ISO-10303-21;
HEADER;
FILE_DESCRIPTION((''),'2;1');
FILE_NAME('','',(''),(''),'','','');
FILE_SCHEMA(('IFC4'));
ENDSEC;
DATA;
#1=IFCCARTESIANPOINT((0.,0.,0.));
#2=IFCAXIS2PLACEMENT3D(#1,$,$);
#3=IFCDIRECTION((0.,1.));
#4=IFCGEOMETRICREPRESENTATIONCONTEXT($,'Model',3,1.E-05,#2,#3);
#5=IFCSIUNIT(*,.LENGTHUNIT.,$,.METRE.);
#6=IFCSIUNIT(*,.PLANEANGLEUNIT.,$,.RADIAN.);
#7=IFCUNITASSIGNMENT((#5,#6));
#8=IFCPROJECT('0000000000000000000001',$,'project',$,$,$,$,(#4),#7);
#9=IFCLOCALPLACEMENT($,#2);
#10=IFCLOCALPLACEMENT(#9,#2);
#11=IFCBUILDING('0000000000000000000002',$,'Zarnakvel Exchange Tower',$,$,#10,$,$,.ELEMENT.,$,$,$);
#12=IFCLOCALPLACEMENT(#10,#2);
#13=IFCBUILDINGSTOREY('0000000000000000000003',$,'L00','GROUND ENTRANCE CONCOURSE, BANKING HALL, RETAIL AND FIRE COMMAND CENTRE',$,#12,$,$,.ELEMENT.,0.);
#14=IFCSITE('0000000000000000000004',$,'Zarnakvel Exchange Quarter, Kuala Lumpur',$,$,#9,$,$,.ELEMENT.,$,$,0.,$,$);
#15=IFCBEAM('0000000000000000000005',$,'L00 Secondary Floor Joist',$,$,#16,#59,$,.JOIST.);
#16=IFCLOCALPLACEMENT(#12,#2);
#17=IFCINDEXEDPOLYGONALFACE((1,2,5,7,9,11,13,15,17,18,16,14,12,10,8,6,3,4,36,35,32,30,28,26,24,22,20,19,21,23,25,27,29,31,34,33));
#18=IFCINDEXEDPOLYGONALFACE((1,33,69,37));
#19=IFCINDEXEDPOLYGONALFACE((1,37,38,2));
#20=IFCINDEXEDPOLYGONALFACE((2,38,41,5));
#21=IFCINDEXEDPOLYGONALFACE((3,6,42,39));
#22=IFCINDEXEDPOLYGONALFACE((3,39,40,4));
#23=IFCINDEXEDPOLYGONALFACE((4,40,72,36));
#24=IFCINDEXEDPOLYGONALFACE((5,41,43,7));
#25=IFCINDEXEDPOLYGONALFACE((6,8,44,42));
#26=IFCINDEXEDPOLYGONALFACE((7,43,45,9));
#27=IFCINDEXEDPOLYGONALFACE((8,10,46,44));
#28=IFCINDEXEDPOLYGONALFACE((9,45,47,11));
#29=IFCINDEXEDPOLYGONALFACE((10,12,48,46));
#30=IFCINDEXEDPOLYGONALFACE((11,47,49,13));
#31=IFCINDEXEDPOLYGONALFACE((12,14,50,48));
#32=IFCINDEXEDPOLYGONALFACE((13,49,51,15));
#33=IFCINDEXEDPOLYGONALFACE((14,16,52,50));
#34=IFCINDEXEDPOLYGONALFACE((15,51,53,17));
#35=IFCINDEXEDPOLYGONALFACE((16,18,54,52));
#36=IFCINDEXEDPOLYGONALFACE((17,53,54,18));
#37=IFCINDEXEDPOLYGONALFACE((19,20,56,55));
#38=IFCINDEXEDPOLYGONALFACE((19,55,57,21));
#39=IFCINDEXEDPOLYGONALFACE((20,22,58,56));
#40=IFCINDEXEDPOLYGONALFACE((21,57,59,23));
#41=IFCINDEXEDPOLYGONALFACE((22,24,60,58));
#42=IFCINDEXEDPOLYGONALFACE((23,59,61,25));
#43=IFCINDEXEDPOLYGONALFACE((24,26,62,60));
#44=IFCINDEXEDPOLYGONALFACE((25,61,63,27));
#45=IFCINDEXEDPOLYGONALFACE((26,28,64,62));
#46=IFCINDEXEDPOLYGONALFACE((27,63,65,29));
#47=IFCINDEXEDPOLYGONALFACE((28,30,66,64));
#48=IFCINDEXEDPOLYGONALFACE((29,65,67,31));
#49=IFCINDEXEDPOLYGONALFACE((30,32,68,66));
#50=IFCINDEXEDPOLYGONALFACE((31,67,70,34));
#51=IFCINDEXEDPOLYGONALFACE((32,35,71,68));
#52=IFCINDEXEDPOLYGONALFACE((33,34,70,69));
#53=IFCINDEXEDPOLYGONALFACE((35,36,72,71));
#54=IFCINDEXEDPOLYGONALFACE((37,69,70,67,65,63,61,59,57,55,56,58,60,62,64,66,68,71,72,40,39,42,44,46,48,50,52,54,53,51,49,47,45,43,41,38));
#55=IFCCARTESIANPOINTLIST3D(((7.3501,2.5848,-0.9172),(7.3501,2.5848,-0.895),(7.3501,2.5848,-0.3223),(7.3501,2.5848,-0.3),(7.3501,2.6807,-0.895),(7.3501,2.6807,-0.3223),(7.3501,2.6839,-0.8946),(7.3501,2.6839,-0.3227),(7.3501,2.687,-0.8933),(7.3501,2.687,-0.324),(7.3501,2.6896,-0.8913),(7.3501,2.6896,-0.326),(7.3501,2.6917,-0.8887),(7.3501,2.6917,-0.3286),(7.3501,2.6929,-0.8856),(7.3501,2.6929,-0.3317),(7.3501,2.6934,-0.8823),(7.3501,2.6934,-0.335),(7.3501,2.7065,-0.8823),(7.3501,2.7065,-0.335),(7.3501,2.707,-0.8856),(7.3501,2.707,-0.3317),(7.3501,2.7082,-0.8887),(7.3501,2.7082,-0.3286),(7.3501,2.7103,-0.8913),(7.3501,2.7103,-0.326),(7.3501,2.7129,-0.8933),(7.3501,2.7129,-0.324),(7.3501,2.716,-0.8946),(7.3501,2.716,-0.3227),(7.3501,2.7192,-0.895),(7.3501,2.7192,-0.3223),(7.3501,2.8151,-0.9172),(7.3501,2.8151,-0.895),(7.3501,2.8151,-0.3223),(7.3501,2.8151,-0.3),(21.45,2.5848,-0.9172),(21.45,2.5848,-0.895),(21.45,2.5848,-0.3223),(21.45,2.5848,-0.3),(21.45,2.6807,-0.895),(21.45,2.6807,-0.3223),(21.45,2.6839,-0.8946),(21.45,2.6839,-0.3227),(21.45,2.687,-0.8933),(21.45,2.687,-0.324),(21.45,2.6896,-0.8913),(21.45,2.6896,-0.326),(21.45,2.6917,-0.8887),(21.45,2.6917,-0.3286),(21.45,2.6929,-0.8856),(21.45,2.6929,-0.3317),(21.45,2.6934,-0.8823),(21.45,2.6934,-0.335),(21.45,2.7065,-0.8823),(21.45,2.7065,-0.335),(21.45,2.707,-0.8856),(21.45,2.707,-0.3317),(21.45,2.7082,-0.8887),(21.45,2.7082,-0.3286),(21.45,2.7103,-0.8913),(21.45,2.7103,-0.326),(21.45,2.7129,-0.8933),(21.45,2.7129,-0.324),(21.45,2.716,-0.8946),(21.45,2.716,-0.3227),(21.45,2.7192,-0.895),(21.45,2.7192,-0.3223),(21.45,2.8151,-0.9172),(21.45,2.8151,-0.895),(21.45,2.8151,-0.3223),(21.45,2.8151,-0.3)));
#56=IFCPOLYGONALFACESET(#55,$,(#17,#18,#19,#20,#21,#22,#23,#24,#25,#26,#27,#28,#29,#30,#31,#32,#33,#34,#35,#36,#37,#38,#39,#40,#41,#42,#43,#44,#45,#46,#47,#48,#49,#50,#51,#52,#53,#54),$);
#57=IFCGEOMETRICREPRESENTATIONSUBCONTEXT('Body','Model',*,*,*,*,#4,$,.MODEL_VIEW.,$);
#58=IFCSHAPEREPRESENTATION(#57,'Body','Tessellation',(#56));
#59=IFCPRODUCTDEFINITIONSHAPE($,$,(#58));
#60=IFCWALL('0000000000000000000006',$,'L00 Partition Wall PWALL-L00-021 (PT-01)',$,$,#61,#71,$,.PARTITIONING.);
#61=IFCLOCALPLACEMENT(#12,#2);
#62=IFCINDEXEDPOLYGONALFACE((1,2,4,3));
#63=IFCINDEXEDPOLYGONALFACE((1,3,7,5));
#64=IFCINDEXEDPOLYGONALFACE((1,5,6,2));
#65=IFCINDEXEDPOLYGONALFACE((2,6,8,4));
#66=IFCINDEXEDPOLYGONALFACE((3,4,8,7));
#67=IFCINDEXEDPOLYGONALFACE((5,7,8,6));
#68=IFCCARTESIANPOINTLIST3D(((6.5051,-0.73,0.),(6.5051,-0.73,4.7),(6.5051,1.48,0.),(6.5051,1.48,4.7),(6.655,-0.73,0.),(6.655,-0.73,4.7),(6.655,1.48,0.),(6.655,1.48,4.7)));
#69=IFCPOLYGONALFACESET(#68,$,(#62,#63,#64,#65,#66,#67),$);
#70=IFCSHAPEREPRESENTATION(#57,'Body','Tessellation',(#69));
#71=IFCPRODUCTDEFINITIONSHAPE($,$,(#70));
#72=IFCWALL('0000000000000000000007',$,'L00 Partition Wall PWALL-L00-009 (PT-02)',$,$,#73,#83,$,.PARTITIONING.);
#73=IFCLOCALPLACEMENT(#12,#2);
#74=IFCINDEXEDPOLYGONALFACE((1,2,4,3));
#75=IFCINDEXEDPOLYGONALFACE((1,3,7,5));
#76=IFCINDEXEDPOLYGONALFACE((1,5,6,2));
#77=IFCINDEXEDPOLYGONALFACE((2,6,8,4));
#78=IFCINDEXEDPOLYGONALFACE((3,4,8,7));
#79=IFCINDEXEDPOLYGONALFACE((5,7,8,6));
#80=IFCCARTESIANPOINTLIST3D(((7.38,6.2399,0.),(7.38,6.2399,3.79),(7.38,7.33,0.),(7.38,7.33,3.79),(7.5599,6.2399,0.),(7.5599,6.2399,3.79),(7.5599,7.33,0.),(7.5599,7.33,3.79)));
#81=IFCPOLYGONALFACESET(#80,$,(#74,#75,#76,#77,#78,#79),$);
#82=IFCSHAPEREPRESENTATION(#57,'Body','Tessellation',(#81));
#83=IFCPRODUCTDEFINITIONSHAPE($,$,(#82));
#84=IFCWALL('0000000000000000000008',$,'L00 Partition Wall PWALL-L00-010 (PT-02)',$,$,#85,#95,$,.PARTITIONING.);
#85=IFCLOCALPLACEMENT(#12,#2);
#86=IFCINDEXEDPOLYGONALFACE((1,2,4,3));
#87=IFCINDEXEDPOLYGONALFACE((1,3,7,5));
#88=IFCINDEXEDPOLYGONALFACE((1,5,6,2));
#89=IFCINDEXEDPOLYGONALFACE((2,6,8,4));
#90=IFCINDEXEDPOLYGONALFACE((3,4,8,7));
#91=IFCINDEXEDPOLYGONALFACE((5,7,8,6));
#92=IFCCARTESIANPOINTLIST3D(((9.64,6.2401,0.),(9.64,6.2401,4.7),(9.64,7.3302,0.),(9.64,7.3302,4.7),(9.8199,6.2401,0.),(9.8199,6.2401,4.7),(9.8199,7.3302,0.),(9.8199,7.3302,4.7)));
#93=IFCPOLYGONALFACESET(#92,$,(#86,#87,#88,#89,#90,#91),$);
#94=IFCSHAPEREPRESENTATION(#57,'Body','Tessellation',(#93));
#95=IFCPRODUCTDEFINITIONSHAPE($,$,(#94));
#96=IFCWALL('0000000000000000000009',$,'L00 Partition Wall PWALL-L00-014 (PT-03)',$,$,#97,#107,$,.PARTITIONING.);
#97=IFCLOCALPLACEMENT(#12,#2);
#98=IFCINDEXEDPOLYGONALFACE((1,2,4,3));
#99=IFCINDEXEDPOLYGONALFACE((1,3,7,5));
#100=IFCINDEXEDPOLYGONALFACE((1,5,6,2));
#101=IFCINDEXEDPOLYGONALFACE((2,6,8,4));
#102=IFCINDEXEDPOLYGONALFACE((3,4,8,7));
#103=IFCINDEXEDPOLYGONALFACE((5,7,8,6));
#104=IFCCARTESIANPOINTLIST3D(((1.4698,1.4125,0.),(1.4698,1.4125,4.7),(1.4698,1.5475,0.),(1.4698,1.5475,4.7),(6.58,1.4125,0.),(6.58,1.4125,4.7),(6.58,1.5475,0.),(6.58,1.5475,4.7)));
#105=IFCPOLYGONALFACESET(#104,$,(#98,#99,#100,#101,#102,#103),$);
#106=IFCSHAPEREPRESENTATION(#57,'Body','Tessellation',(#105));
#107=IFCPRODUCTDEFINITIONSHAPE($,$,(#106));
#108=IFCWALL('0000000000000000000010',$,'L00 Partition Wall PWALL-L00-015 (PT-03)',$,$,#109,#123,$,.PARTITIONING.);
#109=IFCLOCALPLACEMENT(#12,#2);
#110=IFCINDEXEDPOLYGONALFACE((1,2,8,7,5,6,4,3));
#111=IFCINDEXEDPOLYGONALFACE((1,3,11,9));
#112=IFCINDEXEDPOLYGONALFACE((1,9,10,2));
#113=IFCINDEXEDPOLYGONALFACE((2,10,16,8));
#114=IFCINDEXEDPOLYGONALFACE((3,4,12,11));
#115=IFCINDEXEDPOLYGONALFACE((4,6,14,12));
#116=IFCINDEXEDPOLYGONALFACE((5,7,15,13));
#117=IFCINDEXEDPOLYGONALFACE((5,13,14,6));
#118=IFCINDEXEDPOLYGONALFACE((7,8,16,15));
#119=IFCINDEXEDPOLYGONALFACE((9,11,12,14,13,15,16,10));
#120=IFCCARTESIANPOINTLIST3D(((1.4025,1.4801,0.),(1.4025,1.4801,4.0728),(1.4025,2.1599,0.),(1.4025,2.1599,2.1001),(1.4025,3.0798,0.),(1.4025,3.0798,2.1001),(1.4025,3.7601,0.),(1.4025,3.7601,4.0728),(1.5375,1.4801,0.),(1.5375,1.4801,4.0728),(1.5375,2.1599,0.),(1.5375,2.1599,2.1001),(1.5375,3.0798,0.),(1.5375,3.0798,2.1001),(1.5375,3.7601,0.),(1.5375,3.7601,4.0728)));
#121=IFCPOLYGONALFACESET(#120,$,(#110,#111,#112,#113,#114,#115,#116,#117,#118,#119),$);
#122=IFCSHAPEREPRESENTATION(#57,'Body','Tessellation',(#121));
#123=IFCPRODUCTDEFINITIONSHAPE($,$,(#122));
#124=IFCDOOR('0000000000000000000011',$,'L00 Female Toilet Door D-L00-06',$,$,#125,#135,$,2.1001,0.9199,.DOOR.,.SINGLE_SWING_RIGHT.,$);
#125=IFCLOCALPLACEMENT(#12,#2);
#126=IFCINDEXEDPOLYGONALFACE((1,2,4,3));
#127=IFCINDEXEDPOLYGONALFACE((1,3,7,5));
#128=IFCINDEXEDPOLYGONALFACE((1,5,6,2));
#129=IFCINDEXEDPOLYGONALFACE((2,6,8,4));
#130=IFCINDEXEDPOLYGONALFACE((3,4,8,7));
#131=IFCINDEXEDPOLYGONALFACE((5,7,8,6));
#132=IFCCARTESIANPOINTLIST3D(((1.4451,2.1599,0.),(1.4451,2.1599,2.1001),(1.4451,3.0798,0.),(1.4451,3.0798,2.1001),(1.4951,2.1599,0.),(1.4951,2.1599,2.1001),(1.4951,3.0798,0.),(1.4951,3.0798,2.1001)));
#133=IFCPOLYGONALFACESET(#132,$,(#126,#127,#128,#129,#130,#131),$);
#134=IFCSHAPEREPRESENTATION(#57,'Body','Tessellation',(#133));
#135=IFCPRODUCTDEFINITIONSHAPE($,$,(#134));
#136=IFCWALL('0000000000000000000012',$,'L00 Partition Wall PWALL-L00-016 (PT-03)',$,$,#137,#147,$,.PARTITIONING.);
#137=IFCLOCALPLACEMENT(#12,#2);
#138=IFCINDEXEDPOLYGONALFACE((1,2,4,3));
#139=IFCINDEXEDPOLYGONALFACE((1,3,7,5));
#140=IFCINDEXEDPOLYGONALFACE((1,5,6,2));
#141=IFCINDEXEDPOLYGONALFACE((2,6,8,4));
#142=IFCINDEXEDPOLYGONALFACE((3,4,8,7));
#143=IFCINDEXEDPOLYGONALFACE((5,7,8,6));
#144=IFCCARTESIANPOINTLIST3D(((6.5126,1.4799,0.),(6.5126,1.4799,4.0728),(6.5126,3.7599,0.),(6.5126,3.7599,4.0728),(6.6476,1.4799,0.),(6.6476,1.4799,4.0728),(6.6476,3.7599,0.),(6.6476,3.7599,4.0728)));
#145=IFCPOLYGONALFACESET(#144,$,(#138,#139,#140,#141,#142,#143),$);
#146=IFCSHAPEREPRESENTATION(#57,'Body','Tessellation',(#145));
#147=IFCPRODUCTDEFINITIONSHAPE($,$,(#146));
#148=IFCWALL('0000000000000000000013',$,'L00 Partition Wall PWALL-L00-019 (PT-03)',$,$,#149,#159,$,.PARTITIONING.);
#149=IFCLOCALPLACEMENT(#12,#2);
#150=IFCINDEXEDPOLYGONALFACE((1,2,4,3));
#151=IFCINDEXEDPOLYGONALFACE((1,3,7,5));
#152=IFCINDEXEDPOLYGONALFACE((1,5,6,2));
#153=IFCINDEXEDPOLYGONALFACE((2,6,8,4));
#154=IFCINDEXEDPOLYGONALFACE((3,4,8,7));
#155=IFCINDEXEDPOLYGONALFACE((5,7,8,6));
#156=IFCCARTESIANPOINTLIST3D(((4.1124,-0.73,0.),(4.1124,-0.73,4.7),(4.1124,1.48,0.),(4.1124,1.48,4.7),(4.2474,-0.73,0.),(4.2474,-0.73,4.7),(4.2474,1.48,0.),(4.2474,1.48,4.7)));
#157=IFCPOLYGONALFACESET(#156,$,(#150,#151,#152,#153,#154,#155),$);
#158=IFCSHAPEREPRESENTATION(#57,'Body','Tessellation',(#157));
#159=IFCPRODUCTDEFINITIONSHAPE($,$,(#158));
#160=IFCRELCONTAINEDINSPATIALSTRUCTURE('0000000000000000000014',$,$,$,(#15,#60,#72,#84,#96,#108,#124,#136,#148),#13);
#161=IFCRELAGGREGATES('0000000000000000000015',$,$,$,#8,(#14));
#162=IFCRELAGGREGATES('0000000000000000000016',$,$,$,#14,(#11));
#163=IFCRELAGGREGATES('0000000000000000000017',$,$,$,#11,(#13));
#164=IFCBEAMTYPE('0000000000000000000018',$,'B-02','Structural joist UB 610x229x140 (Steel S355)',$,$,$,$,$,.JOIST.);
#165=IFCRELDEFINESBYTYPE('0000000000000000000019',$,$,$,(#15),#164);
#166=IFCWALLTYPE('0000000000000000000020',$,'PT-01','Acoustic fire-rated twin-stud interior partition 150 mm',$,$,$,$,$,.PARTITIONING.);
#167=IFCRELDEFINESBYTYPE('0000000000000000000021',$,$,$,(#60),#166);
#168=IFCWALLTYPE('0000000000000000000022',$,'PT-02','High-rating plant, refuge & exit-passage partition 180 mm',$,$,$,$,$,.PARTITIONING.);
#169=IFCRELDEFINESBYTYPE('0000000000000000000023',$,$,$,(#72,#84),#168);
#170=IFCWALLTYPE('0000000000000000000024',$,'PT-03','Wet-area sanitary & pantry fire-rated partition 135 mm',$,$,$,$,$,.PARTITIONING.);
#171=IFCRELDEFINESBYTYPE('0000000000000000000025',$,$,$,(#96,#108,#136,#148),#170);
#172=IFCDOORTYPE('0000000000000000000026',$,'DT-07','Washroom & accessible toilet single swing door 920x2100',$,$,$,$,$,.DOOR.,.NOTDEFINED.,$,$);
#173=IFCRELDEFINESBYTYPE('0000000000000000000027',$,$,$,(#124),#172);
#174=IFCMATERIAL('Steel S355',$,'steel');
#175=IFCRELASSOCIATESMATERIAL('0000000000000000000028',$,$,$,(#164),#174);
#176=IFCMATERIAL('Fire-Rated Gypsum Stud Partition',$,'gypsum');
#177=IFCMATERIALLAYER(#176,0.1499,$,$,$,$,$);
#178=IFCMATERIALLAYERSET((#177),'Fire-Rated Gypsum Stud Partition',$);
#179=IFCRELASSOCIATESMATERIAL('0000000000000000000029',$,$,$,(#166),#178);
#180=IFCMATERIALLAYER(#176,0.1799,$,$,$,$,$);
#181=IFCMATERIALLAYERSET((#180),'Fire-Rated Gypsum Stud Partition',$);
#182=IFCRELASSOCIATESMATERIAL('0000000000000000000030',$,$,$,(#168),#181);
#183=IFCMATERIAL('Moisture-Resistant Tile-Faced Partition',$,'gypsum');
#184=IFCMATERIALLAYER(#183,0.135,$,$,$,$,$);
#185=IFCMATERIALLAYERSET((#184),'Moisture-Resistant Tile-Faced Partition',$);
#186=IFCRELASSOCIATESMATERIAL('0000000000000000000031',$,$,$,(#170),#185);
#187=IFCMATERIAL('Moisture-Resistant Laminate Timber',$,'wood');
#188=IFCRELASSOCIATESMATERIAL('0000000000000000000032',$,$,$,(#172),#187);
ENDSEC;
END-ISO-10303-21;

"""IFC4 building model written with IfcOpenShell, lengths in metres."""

from ifc_helpers import new_model, si_unit, direction, frame, frame_2d, origin, origin_2d, place, context, subcontext, project, spatial, rectangle, i_section, extrude, source, transform, mapped, material, layer, layer_set, material_profile, profile_set, type_object, element, fill, save


model = new_model("IFC4")

# Units and contexts
model_context = context("Model", 3, precision=1e-05, world=origin(), true_north=direction((0.0, 1.0)))
body_context = subcontext(model_context, "Body", "Model", "MODEL_VIEW")
ifc_project = project(units=[si_unit("LENGTHUNIT", "METRE"), si_unit("PLANEANGLEUNIT", "RADIAN")], contexts=[model_context])

# Site, building, storey
site_placement = place(None, origin())
site = spatial("IfcSite", under=ifc_project, at=site_placement, Name="Zarnakvel Exchange Quarter, Kuala Lumpur", CompositionType="ELEMENT", RefElevation=0.0)
building_placement = place(site_placement, origin())
building = spatial("IfcBuilding", under=site, at=building_placement, Name="Zarnakvel Exchange Tower", CompositionType="ELEMENT")
storey_placement = place(building_placement, origin())
storey = spatial("IfcBuildingStorey", under=building, at=storey_placement, Name="L00", Description="GROUND ENTRANCE CONCOURSE, BANKING HALL, RETAIL AND FIRE COMMAND CENTRE", CompositionType="ELEMENT", Elevation=0.0)

# Beam
ifc_material_1 = material(Name="Steel S355", Category="steel")
ifc_material_profile = material_profile(ifc_material_1, i_section(OverallWidth=0.2302, OverallDepth=0.6172, WebThickness=0.0132, FlangeThickness=0.0222, FilletRadius=0.0127, at=origin_2d()))
ifc_profile_set = profile_set([ifc_material_profile], Name="Steel S355")
beam_type = type_object("IfcBeamType", Name="B-02", Description="Structural joist UB 610x229x140 (Steel S355)", PredefinedType="JOIST", material=ifc_profile_set)
beam_placement = place(storey_placement, frame((7.3501, 2.7, -0.6086), z_axis=(1.0, 0.0, 0.0), x_axis=(0.0, 1.0, 0.0)))
element("IfcBeam", 1, at=beam_placement, inside=storey, type_object=beam_type, Name="L00 Secondary Floor Joist", PredefinedType="JOIST", context=body_context, shape_type="SweptSolid", body=[
    extrude(i_section(OverallWidth=0.2302, OverallDepth=0.6172, WebThickness=0.0132, FlangeThickness=0.0222, FilletRadius=0.0127, at=origin_2d()), origin(), (0.0, 0.0, 1.0), 14.0999),
])

# Walls
ifc_material_2 = material(Name="Fire-Rated Gypsum Stud Partition", Category="gypsum")
ifc_layer_1 = layer(ifc_material_2, 0.1499)
ifc_layer_set_1 = layer_set([ifc_layer_1], Name="Fire-Rated Gypsum Stud Partition")
wall_type_1 = type_object("IfcWallType", Name="PT-01", Description="Acoustic fire-rated twin-stud interior partition 150 mm", PredefinedType="PARTITIONING", material=ifc_layer_set_1)
wall_1_placement = place(storey_placement, frame((6.5801, 1.48, 0.0), z_axis=(0.0, 0.0, 1.0), x_axis=(0.0, -1.0, 0.0)))
element("IfcWall", 2, at=wall_1_placement, inside=storey, type_object=wall_type_1, Name="L00 Partition Wall PWALL-L00-021 (PT-01)", PredefinedType="PARTITIONING", context=body_context, shape_type="SweptSolid", body=[
    extrude(rectangle(XDim=2.21, YDim=0.1499, at=frame_2d((1.105, 0.0))), origin(), (0.0, 0.0, 1.0), 4.7),
])
ifc_layer_2 = layer(ifc_material_2, 0.1799)
ifc_layer_set_2 = layer_set([ifc_layer_2], Name="Fire-Rated Gypsum Stud Partition")
wall_type_2 = type_object("IfcWallType", Name="PT-02", Description="High-rating plant, refuge & exit-passage partition 180 mm", PredefinedType="PARTITIONING", material=ifc_layer_set_2)
wall_2_placement = place(storey_placement, frame((7.47, 6.24, 0.0), z_axis=(0.0, 0.0, 1.0), x_axis=(0.0, 1.0, 0.0)))
element("IfcWall", 3, at=wall_2_placement, inside=storey, type_object=wall_type_2, Name="L00 Partition Wall PWALL-L00-009 (PT-02)", PredefinedType="PARTITIONING", context=body_context, shape_type="SweptSolid", body=[
    extrude(rectangle(XDim=1.0901, YDim=0.1799, at=frame_2d((0.5449, 0.0))), origin(), (0.0, 0.0, 1.0), 3.79),
])
wall_3_placement = place(storey_placement, frame((9.73, 7.3301, 0.0), z_axis=(0.0, 0.0, 1.0), x_axis=(0.0, -1.0, 0.0)))
element("IfcWall", 4, at=wall_3_placement, inside=storey, type_object=wall_type_2, Name="L00 Partition Wall PWALL-L00-010 (PT-02)", PredefinedType="PARTITIONING", context=body_context, shape_type="SweptSolid", body=[
    extrude(rectangle(XDim=1.0901, YDim=0.1799, at=frame_2d((0.5449, 0.0))), origin(), (0.0, 0.0, 1.0), 4.7),
])
ifc_material_3 = material(Name="Moisture-Resistant Tile-Faced Partition", Category="gypsum")
ifc_layer_3 = layer(ifc_material_3, 0.135)
ifc_layer_set_3 = layer_set([ifc_layer_3], Name="Moisture-Resistant Tile-Faced Partition")
wall_type_3 = type_object("IfcWallType", Name="PT-03", Description="Wet-area sanitary & pantry fire-rated partition 135 mm", PredefinedType="PARTITIONING", material=ifc_layer_set_3)
wall_4_placement = place(storey_placement, frame((6.5801, 1.48, 0.0), z_axis=(0.0, 0.0, 1.0), x_axis=(-1.0, 0.0, 0.0)))
element("IfcWall", 5, at=wall_4_placement, inside=storey, type_object=wall_type_3, Name="L00 Partition Wall PWALL-L00-014 (PT-03)", PredefinedType="PARTITIONING", context=body_context, shape_type="SweptSolid", body=[
    extrude(rectangle(XDim=5.1101, YDim=0.135, at=frame_2d((2.5552, 0.0))), origin(), (0.0, 0.0, 1.0), 4.7),
])

# Wall, opening, door
wall_5_placement = place(storey_placement, frame((1.47, 1.48, 0.0), z_axis=(0.0, 0.0, 1.0), x_axis=(0.0, 1.0, 0.0)))
wall_5 = element("IfcWall", 6, at=wall_5_placement, inside=storey, type_object=wall_type_3, Name="L00 Partition Wall PWALL-L00-015 (PT-03)", PredefinedType="PARTITIONING", context=body_context, shape_type="SweptSolid", body=[
    extrude(rectangle(XDim=2.28, YDim=0.135, at=frame_2d((1.1401, 0.0))), origin(), (0.0, 0.0, 1.0), 4.0728),
])
opening_1_placement = place(wall_5_placement, frame((0.6799, 0.0, 0.0)))
opening_1 = element("IfcOpeningElement", 7, at=opening_1_placement, cuts=wall_5, PredefinedType="OPENING", context=body_context, shape_type="SweptSolid", body=[
    extrude(rectangle(XDim=0.9199, YDim=2.1001, at=frame_2d((0.46, 1.05))), frame((0.0, 0.0774, 0.0), z_axis=(0.0, -1.0, 0.0), x_axis=(1.0, 0.0, 0.0)), (0.0, 0.0, 1.0), 0.155),
])
ifc_material_4 = material(Name="Moisture-Resistant Laminate Timber", Category="wood")
door_type_1 = type_object("IfcDoorType", Name="DT-07", Description="Washroom & accessible toilet single swing door 920x2100", OperationType="NOTDEFINED", PredefinedType="DOOR", material=ifc_material_4)
shared_shape_1 = source(origin(), body_context, "Body", "SweptSolid", [
    extrude(rectangle(XDim=0.9199, YDim=2.1001, at=frame_2d((0.46, 1.05))), frame((0.0, 0.0249, 0.0), z_axis=(0.0, -1.0, 0.0), x_axis=(1.0, 0.0, 0.0)), (0.0, 0.0, 1.0), 0.05),
])
door_1_placement = place(opening_1_placement, origin())
door_1 = element("IfcDoor", 8, at=door_1_placement, inside=storey, type_object=door_type_1, Name="L00 Female Toilet Door D-L00-06", OperationType="SINGLE_SWING_RIGHT", OverallHeight=2.1001, OverallWidth=0.9199, PredefinedType="DOOR", context=body_context, shape_type="MappedRepresentation", body=[
    mapped(shared_shape_1, transform((0.0, 0.0, 0.0), x_axis=(1.0, 0.0, 0.0), y_axis=(0.0, 1.0, 0.0), z_axis=(0.0, 0.0, 1.0), scale=1.0)),
])
fill(opening_1, door_1)

# Walls
wall_6_placement = place(storey_placement, frame((6.5801, 3.76, 0.0), z_axis=(0.0, 0.0, 1.0), x_axis=(0.0, -1.0, 0.0)))
element("IfcWall", 9, at=wall_6_placement, inside=storey, type_object=wall_type_3, Name="L00 Partition Wall PWALL-L00-016 (PT-03)", PredefinedType="PARTITIONING", context=body_context, shape_type="SweptSolid", body=[
    extrude(rectangle(XDim=2.28, YDim=0.135, at=frame_2d((1.1401, 0.0))), origin(), (0.0, 0.0, 1.0), 4.0728),
])
wall_7_placement = place(storey_placement, frame((4.1799, 1.48, 0.0), z_axis=(0.0, 0.0, 1.0), x_axis=(0.0, -1.0, 0.0)))
element("IfcWall", 10, at=wall_7_placement, inside=storey, type_object=wall_type_3, Name="L00 Partition Wall PWALL-L00-019 (PT-03)", PredefinedType="PARTITIONING", context=body_context, shape_type="SweptSolid", body=[
    extrude(rectangle(XDim=2.21, YDim=0.135, at=frame_2d((1.105, 0.0))), origin(), (0.0, 0.0, 1.0), 4.7),
])

save(model, "model.ifc")
